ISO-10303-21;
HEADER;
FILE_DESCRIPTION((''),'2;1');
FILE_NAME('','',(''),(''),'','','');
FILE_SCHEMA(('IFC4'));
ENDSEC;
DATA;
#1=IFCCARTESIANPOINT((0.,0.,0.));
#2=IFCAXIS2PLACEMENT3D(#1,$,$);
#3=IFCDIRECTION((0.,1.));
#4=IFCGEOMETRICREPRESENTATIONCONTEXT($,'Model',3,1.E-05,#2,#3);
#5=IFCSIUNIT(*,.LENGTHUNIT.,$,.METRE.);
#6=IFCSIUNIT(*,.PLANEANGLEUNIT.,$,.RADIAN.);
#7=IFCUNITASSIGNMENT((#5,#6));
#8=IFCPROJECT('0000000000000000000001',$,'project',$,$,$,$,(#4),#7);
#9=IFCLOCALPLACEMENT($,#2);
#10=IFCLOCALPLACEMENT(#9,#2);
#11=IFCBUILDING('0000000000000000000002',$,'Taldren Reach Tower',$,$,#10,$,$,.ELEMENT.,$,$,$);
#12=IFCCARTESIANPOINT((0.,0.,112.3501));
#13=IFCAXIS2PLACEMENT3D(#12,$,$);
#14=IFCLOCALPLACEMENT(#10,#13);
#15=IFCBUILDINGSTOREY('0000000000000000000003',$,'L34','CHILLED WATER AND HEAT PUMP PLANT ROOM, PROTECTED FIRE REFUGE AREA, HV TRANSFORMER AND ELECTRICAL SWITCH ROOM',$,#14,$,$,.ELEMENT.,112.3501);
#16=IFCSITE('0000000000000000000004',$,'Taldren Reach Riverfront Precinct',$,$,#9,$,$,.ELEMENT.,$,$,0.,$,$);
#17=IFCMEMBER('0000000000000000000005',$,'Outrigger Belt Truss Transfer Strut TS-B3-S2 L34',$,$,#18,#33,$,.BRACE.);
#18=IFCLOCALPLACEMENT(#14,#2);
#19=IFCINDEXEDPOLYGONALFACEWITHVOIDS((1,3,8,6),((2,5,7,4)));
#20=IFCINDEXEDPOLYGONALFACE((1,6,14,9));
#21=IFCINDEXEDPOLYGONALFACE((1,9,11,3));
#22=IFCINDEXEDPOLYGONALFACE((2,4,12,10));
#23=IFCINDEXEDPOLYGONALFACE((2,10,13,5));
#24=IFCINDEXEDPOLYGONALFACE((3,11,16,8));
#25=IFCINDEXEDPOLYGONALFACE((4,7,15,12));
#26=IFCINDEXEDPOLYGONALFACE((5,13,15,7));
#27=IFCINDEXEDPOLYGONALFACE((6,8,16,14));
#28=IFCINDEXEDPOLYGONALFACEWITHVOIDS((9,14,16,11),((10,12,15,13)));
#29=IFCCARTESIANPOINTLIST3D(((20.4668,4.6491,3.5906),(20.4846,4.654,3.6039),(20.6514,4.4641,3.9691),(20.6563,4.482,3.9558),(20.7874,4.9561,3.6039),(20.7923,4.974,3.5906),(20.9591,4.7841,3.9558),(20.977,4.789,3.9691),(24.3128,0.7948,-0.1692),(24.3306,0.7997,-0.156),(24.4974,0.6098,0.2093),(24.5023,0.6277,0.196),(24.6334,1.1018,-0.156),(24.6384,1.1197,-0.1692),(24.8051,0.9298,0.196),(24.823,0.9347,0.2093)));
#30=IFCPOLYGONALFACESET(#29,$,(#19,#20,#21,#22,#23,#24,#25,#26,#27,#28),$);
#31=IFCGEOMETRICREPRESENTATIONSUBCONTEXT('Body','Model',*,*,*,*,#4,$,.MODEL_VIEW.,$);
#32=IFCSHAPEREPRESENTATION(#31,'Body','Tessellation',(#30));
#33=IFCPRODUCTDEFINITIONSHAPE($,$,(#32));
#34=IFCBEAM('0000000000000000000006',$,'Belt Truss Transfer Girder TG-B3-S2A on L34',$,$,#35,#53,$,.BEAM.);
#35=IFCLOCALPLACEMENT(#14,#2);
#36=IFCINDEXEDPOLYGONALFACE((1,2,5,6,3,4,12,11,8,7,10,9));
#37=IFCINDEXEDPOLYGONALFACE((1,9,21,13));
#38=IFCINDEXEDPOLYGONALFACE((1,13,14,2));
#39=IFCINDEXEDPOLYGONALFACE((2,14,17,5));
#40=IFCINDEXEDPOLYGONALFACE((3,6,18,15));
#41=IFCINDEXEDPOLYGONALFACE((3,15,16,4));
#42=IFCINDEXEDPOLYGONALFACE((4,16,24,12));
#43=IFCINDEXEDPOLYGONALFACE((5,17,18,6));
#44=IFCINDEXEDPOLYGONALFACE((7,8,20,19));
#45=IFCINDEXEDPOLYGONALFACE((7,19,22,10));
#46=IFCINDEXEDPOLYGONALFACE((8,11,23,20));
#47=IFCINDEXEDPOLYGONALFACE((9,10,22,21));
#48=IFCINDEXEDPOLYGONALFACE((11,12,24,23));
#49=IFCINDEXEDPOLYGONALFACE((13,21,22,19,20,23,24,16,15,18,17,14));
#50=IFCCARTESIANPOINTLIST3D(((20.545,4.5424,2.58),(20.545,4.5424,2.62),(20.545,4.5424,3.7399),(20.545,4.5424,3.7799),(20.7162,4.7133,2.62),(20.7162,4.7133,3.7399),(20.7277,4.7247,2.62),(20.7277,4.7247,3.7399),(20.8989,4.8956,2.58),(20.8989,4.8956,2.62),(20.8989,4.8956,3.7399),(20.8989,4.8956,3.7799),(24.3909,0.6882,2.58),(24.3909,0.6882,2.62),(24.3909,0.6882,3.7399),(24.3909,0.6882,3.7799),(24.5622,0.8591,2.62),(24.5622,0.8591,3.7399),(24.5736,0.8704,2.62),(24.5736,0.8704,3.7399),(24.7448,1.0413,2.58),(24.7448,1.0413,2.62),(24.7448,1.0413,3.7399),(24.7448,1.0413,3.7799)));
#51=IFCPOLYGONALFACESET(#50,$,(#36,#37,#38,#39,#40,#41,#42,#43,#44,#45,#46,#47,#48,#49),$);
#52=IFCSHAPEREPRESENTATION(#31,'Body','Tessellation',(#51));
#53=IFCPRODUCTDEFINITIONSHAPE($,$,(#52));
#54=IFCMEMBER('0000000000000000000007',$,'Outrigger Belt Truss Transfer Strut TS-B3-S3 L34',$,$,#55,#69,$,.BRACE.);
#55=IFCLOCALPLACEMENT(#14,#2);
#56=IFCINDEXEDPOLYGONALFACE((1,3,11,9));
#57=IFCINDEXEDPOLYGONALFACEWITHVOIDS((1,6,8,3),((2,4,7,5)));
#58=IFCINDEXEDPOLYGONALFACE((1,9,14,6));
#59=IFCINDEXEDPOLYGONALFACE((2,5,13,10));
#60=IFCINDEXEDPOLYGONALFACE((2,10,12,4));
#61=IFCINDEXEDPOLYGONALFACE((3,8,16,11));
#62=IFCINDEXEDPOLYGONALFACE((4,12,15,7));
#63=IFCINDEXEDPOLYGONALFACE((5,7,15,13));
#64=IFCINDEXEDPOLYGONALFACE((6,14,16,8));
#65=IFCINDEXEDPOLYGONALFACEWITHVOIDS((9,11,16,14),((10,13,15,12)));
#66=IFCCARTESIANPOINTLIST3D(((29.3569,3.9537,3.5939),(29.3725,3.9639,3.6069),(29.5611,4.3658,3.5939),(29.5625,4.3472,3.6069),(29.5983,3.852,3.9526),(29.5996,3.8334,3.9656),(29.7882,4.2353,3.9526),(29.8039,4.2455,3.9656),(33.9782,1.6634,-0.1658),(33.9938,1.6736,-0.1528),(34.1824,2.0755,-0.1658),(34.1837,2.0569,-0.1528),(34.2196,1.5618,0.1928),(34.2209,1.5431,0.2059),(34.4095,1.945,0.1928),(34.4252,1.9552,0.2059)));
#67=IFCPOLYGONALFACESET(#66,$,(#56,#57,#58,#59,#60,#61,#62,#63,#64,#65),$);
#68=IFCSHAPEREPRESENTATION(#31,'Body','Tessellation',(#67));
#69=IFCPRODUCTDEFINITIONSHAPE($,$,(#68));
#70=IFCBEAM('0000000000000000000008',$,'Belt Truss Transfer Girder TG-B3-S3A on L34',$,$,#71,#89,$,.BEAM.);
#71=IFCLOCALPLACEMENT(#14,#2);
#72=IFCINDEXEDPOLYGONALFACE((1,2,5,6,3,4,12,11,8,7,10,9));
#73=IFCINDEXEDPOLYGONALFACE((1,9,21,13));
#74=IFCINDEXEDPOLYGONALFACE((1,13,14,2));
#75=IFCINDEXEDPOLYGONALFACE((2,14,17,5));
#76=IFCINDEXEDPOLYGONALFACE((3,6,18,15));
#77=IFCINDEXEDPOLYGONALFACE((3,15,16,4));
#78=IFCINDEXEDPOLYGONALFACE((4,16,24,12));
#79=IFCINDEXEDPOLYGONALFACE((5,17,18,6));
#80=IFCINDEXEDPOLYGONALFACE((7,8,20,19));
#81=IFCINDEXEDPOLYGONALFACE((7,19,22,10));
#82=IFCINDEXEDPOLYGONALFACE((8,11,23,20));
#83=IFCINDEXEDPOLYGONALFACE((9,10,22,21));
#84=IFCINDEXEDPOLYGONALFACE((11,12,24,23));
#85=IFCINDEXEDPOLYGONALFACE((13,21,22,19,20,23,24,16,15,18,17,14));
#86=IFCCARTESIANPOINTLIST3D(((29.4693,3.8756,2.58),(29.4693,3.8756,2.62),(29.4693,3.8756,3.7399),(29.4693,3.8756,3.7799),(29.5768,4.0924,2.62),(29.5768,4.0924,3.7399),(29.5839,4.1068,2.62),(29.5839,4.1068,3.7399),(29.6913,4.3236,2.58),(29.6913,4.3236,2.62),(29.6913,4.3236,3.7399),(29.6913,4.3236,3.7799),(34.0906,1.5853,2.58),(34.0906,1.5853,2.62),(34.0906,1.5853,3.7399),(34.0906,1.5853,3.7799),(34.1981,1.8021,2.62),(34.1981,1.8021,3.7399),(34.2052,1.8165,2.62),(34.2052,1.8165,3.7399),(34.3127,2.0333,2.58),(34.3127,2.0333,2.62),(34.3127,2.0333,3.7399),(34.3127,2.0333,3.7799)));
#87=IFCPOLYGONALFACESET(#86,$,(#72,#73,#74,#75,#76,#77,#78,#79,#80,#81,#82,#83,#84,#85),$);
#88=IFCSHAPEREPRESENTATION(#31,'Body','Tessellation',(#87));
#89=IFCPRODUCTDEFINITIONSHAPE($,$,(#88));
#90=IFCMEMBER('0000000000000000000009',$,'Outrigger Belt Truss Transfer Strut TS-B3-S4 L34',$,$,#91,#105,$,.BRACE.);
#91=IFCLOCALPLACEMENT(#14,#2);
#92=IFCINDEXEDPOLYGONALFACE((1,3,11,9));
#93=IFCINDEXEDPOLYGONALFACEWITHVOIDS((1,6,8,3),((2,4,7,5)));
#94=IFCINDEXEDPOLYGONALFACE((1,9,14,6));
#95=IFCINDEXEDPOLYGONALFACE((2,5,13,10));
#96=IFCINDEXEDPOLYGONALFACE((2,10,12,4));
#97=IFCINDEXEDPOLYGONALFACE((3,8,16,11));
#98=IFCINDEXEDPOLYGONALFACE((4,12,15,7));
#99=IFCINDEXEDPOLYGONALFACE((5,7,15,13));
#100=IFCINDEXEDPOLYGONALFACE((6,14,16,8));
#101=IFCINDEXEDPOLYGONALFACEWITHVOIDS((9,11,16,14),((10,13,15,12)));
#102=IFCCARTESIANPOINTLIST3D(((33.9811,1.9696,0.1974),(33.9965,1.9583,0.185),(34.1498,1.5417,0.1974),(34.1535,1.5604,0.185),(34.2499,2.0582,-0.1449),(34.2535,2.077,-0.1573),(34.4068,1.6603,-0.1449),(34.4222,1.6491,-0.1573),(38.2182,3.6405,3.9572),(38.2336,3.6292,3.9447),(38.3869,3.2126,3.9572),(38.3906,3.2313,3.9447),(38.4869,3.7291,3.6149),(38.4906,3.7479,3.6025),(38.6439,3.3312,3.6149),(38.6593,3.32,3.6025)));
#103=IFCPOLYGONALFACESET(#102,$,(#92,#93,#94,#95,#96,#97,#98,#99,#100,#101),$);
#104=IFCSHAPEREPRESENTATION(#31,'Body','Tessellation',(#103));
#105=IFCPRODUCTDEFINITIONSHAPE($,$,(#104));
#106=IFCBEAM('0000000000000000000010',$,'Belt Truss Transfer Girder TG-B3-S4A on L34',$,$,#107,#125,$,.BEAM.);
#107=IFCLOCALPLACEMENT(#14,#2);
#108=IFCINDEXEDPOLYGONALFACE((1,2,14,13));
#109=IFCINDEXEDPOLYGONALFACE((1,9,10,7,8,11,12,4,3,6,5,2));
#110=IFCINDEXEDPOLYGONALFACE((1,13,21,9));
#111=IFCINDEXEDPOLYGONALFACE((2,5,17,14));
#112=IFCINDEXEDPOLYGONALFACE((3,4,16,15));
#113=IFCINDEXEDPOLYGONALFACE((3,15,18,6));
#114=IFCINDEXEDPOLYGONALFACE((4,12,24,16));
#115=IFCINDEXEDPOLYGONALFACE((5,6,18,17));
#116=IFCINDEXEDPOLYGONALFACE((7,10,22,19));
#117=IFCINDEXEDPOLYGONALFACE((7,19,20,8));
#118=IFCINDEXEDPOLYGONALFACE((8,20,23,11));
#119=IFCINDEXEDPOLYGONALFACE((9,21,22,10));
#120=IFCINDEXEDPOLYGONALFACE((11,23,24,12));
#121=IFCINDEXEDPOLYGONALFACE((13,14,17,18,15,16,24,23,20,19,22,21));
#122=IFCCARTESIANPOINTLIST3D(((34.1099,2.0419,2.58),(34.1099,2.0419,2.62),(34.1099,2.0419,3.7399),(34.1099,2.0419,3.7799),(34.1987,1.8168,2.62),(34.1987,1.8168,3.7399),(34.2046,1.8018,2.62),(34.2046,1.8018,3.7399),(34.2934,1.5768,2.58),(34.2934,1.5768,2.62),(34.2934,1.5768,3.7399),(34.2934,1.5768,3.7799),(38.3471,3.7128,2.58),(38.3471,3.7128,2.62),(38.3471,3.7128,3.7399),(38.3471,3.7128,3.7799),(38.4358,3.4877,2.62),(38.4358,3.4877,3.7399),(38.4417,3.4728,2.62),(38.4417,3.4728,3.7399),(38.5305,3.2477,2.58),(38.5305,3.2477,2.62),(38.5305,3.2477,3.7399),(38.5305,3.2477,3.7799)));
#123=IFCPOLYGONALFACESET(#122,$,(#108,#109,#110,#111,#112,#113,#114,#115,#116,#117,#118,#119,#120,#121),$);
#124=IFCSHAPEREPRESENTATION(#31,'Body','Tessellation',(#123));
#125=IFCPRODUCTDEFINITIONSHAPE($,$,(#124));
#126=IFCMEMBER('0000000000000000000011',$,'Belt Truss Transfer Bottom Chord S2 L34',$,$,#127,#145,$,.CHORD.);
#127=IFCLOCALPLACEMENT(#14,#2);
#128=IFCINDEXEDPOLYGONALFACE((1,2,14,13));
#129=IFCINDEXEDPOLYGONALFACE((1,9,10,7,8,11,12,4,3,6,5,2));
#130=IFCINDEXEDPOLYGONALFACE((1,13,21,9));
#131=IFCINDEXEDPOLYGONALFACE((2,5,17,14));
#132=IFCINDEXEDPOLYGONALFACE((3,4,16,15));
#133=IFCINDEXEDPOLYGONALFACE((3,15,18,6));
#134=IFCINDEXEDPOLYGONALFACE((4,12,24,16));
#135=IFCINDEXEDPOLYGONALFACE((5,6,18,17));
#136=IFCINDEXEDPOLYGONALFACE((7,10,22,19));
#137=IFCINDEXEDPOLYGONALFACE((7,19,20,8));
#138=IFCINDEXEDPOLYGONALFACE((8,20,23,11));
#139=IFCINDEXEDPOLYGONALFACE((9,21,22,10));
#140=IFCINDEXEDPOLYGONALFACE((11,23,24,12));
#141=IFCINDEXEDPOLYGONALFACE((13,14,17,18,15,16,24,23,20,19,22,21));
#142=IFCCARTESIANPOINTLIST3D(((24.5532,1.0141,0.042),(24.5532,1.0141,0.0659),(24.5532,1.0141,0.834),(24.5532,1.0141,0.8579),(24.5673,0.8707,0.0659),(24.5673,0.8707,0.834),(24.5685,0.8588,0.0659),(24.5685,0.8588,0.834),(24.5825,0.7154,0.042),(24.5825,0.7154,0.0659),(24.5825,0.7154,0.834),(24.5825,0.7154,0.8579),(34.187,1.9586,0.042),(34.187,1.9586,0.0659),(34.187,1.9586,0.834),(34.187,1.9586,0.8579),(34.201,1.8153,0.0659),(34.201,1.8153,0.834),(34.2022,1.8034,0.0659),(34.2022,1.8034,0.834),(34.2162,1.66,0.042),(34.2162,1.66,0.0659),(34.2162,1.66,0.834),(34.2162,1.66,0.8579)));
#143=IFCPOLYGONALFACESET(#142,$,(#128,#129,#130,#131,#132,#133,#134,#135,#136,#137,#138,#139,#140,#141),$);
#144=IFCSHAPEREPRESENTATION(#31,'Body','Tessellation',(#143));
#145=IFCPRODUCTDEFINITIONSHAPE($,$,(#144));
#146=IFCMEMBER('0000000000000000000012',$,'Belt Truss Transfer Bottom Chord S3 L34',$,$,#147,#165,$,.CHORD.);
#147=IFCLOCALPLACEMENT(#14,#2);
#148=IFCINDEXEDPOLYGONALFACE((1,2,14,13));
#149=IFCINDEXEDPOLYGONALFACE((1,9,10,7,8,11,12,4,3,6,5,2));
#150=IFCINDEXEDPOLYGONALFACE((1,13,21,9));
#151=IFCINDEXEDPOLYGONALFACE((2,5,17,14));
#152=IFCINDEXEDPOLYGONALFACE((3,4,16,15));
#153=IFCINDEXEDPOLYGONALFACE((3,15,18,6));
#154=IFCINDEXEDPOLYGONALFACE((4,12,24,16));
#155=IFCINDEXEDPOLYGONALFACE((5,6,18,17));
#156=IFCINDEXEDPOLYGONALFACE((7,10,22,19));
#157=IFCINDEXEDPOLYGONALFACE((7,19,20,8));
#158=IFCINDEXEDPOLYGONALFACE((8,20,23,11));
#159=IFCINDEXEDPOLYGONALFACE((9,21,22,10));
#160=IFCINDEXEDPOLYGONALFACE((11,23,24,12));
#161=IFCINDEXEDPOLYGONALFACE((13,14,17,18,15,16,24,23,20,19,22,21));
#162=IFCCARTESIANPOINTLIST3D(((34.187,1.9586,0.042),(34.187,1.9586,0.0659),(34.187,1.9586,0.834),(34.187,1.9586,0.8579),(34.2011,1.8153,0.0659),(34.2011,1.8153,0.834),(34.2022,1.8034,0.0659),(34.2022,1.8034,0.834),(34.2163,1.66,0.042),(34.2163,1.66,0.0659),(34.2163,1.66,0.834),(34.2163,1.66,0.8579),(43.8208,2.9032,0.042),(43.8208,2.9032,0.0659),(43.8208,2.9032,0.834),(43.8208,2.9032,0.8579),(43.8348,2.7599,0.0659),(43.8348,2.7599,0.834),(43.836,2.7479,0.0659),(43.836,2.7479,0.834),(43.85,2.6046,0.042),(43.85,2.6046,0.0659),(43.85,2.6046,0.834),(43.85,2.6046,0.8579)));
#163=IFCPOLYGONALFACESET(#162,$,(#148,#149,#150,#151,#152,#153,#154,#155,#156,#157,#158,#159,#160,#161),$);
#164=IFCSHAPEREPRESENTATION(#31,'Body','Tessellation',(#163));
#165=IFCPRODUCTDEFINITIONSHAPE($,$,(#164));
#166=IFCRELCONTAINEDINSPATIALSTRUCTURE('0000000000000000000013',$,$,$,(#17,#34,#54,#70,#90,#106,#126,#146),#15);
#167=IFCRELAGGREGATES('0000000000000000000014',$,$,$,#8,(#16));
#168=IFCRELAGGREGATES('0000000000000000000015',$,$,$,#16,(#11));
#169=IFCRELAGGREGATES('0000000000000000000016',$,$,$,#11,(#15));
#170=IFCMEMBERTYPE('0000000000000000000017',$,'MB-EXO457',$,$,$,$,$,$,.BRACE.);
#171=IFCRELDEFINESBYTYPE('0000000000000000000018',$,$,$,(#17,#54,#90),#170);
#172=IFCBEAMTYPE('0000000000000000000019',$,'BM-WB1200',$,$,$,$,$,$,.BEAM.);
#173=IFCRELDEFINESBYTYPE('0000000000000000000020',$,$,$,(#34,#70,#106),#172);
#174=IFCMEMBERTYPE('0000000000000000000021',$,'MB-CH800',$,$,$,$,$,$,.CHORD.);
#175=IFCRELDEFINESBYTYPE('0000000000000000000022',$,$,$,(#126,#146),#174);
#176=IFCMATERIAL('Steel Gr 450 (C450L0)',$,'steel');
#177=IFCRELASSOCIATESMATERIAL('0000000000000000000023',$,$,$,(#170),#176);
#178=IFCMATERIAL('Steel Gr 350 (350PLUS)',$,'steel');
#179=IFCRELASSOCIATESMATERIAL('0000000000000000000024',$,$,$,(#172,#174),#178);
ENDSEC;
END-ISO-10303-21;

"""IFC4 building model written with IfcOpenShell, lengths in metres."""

from ifc_helpers import new_model, si_unit, direction, frame, origin, origin_2d, place, context, subcontext, project, spatial, hollow_rectangle, i_section, extrude, source, transform, mapped, material, material_profile, profile_set, type_object, element, save


model = new_model("IFC4")

# Units and contexts
model_context = context("Model", 3, precision=1e-05, world=origin(), true_north=direction((0.0, 1.0)))
body_context = subcontext(model_context, "Body", "Model", "MODEL_VIEW")
ifc_project = project(units=[si_unit("LENGTHUNIT", "METRE"), si_unit("PLANEANGLEUNIT", "RADIAN")], contexts=[model_context])

# Site, building, storey
site_placement = place(None, origin())
site = spatial("IfcSite", under=ifc_project, at=site_placement, Name="Taldren Reach Riverfront Precinct", CompositionType="ELEMENT", RefElevation=0.0)
building_placement = place(site_placement, origin())
building = spatial("IfcBuilding", under=site, at=building_placement, Name="Taldren Reach Tower", CompositionType="ELEMENT")
storey_placement = place(building_placement, frame((0.0, 0.0, 112.3501)))
storey = spatial("IfcBuildingStorey", under=building, at=storey_placement, Name="L34", Description="CHILLED WATER AND HEAT PUMP PLANT ROOM, PROTECTED FIRE REFUGE AREA, HV TRANSFORMER AND ELECTRICAL SWITCH ROOM", CompositionType="ELEMENT", Elevation=112.3501)

# Shared definitions
ifc_material_1 = material(Name="Steel Gr 350 (350PLUS)", Category="steel")

# Member
ifc_material_2 = material(Name="Steel Gr 450 (C450L0)", Category="steel")
ifc_material_profile_1 = material_profile(ifc_material_2, hollow_rectangle(XDim=0.46, YDim=0.46, WallThickness=0.0161, at=origin_2d()), Name="460x460x16.0SHS")
ifc_profile_set_1 = profile_set([ifc_material_profile_1], Name="Steel Gr 450 (C450L0)")
member_type_1 = type_object("IfcMemberType", Name="MB-EXO457", PredefinedType="BRACE", material=ifc_profile_set_1)
shared_shape_1 = source(origin(), body_context, "Body", "SweptSolid", [
    extrude(hollow_rectangle(XDim=0.46, YDim=0.46, WallThickness=0.0161, at=origin_2d()), origin(), (0.0, 0.0, 1.0), 6.6169),
])
member_1_placement = place(storey_placement, frame((24.5679, 0.8647, 0.02), z_axis=(-0.581238, 0.582492, 0.568213), x_axis=(-0.707869, -0.706344, 0.0)))
element("IfcMember", 1, at=member_1_placement, inside=storey, type_object=member_type_1, Name="Outrigger Belt Truss Transfer Strut TS-B3-S2 L34", PredefinedType="BRACE", context=body_context, shape_type="MappedRepresentation", body=[
    mapped(shared_shape_1, transform((0.0, 0.0, 0.0), scale=1.0)),
])

# Beam
ifc_material_profile_2 = material_profile(ifc_material_1, i_section(OverallWidth=0.5, OverallDepth=1.2, WebThickness=0.0161, FlangeThickness=0.04, at=origin_2d()), Name="1200WB455")
ifc_profile_set_2 = profile_set([ifc_material_profile_2], Name="Steel Gr 350 (350PLUS)")
beam_type_1 = type_object("IfcBeamType", Name="BM-WB1200", PredefinedType="BEAM", material=ifc_profile_set_2)
shared_shape_2 = source(origin(), body_context, "Body", "SweptSolid", [
    extrude(i_section(OverallWidth=0.5, OverallDepth=1.2, WebThickness=0.0161, FlangeThickness=0.04, at=origin_2d()), origin(), (0.0, 0.0, 1.0), 5.4448),
])
beam_1_placement = place(storey_placement, frame((24.5679, 0.8647, 3.1799), z_axis=(-0.706344, 0.707869, 0.0), x_axis=(-0.707869, -0.706344, 0.0)))
element("IfcBeam", 2, at=beam_1_placement, inside=storey, type_object=beam_type_1, Name="Belt Truss Transfer Girder TG-B3-S2A on L34", PredefinedType="BEAM", context=body_context, shape_type="MappedRepresentation", body=[
    mapped(shared_shape_2, transform((0.0, 0.0, 0.0), scale=1.0)),
])

# Member
shared_shape_3 = source(origin(), body_context, "Body", "SweptSolid", [
    extrude(hollow_rectangle(XDim=0.46, YDim=0.46, WallThickness=0.0161, at=origin_2d()), origin(), (0.0, 0.0, 1.0), 6.3826),
])
member_2_placement = place(storey_placement, frame((34.2017, 1.8093, 0.02), z_axis=(-0.724049, 0.35883, 0.589062), x_axis=(-0.444049, -0.896003, 0.0)))
element("IfcMember", 3, at=member_2_placement, inside=storey, type_object=member_type_1, Name="Outrigger Belt Truss Transfer Strut TS-B3-S3 L34", PredefinedType="BRACE", context=body_context, shape_type="MappedRepresentation", body=[
    mapped(shared_shape_3, transform((0.0, 0.0, 0.0), scale=1.0)),
])

# Beam
shared_shape_4 = source(origin(), body_context, "Body", "SweptSolid", [
    extrude(i_section(OverallWidth=0.5, OverallDepth=1.2, WebThickness=0.0161, FlangeThickness=0.04, at=origin_2d()), origin(), (0.0, 0.0, 1.0), 5.1577),
])
beam_2_placement = place(storey_placement, frame((34.2017, 1.8093, 3.1799), z_axis=(-0.896003, 0.444049, 0.0), x_axis=(-0.444049, -0.896003, 0.0)))
element("IfcBeam", 4, at=beam_2_placement, inside=storey, type_object=beam_type_1, Name="Belt Truss Transfer Girder TG-B3-S3A on L34", PredefinedType="BEAM", context=body_context, shape_type="MappedRepresentation", body=[
    mapped(shared_shape_4, transform((0.0, 0.0, 0.0), scale=1.0)),
])

# Member
shared_shape_5 = source(origin(), body_context, "Body", "SweptSolid", [
    extrude(hollow_rectangle(XDim=0.46, YDim=0.46, WallThickness=0.0161, at=origin_2d()), origin(), (0.0, 0.0, 1.0), 5.906),
])
member_3_placement = place(storey_placement, frame((34.2017, 1.8093, 0.02), z_axis=(0.717421, 0.282917, 0.636605), x_axis=(-0.366858, 0.930277, 0.0)))
element("IfcMember", 5, at=member_3_placement, inside=storey, type_object=member_type_1, Name="Outrigger Belt Truss Transfer Strut TS-B3-S4 L34", PredefinedType="BRACE", context=body_context, shape_type="MappedRepresentation", body=[
    mapped(shared_shape_5, transform((0.0, 0.0, 0.0), scale=1.0)),
])

# Beam
shared_shape_6 = source(origin(), body_context, "Body", "SweptSolid", [
    extrude(i_section(OverallWidth=0.5, OverallDepth=1.2, WebThickness=0.0161, FlangeThickness=0.04, at=origin_2d()), origin(), (0.0, 0.0, 1.0), 4.5547),
])
beam_3_placement = place(storey_placement, frame((34.2017, 1.8093, 3.1799), z_axis=(0.930277, 0.366858, 0.0), x_axis=(-0.366858, 0.930277, 0.0)))
element("IfcBeam", 6, at=beam_3_placement, inside=storey, type_object=beam_type_1, Name="Belt Truss Transfer Girder TG-B3-S4A on L34", PredefinedType="BEAM", context=body_context, shape_type="MappedRepresentation", body=[
    mapped(shared_shape_6, transform((0.0, 0.0, 0.0), scale=1.0)),
])

# Members
ifc_material_profile_3 = material_profile(ifc_material_1, i_section(OverallWidth=0.3, OverallDepth=0.8159, WebThickness=0.012, FlangeThickness=0.0239, at=origin_2d()), Name="800WB192")
ifc_profile_set_3 = profile_set([ifc_material_profile_3], Name="Steel Gr 350 (350PLUS)")
member_type_2 = type_object("IfcMemberType", Name="MB-CH800", PredefinedType="CHORD", material=ifc_profile_set_3)
shared_shape_7 = source(origin(), body_context, "Body", "SweptSolid", [
    extrude(i_section(OverallWidth=0.3, OverallDepth=0.8159, WebThickness=0.012, FlangeThickness=0.0239, at=origin_2d()), origin(), (0.0, 0.0, 1.0), 9.6799),
])
for number, where, z_axis, x_axis, name in (
    (7, (24.5679, 0.8647, 0.45), (0.995228, 0.097581, 0.0), (-0.097581, 0.995228, 0.0), "Belt Truss Transfer Bottom Chord S2 L34"),
    (8, (34.2017, 1.8093, 0.45), (0.995228, 0.097581, 0.0), (-0.097581, 0.995228, 0.0), "Belt Truss Transfer Bottom Chord S3 L34"),
):
    element("IfcMember", number, at=place(storey_placement, frame(where, z_axis=z_axis, x_axis=x_axis)), inside=storey, type_object=member_type_2, Name=name, PredefinedType="CHORD", context=body_context, shape_type="MappedRepresentation", body=[
        mapped(shared_shape_7, transform((0.0, 0.0, 0.0), scale=1.0)),
    ])

save(model, "model.ifc")
